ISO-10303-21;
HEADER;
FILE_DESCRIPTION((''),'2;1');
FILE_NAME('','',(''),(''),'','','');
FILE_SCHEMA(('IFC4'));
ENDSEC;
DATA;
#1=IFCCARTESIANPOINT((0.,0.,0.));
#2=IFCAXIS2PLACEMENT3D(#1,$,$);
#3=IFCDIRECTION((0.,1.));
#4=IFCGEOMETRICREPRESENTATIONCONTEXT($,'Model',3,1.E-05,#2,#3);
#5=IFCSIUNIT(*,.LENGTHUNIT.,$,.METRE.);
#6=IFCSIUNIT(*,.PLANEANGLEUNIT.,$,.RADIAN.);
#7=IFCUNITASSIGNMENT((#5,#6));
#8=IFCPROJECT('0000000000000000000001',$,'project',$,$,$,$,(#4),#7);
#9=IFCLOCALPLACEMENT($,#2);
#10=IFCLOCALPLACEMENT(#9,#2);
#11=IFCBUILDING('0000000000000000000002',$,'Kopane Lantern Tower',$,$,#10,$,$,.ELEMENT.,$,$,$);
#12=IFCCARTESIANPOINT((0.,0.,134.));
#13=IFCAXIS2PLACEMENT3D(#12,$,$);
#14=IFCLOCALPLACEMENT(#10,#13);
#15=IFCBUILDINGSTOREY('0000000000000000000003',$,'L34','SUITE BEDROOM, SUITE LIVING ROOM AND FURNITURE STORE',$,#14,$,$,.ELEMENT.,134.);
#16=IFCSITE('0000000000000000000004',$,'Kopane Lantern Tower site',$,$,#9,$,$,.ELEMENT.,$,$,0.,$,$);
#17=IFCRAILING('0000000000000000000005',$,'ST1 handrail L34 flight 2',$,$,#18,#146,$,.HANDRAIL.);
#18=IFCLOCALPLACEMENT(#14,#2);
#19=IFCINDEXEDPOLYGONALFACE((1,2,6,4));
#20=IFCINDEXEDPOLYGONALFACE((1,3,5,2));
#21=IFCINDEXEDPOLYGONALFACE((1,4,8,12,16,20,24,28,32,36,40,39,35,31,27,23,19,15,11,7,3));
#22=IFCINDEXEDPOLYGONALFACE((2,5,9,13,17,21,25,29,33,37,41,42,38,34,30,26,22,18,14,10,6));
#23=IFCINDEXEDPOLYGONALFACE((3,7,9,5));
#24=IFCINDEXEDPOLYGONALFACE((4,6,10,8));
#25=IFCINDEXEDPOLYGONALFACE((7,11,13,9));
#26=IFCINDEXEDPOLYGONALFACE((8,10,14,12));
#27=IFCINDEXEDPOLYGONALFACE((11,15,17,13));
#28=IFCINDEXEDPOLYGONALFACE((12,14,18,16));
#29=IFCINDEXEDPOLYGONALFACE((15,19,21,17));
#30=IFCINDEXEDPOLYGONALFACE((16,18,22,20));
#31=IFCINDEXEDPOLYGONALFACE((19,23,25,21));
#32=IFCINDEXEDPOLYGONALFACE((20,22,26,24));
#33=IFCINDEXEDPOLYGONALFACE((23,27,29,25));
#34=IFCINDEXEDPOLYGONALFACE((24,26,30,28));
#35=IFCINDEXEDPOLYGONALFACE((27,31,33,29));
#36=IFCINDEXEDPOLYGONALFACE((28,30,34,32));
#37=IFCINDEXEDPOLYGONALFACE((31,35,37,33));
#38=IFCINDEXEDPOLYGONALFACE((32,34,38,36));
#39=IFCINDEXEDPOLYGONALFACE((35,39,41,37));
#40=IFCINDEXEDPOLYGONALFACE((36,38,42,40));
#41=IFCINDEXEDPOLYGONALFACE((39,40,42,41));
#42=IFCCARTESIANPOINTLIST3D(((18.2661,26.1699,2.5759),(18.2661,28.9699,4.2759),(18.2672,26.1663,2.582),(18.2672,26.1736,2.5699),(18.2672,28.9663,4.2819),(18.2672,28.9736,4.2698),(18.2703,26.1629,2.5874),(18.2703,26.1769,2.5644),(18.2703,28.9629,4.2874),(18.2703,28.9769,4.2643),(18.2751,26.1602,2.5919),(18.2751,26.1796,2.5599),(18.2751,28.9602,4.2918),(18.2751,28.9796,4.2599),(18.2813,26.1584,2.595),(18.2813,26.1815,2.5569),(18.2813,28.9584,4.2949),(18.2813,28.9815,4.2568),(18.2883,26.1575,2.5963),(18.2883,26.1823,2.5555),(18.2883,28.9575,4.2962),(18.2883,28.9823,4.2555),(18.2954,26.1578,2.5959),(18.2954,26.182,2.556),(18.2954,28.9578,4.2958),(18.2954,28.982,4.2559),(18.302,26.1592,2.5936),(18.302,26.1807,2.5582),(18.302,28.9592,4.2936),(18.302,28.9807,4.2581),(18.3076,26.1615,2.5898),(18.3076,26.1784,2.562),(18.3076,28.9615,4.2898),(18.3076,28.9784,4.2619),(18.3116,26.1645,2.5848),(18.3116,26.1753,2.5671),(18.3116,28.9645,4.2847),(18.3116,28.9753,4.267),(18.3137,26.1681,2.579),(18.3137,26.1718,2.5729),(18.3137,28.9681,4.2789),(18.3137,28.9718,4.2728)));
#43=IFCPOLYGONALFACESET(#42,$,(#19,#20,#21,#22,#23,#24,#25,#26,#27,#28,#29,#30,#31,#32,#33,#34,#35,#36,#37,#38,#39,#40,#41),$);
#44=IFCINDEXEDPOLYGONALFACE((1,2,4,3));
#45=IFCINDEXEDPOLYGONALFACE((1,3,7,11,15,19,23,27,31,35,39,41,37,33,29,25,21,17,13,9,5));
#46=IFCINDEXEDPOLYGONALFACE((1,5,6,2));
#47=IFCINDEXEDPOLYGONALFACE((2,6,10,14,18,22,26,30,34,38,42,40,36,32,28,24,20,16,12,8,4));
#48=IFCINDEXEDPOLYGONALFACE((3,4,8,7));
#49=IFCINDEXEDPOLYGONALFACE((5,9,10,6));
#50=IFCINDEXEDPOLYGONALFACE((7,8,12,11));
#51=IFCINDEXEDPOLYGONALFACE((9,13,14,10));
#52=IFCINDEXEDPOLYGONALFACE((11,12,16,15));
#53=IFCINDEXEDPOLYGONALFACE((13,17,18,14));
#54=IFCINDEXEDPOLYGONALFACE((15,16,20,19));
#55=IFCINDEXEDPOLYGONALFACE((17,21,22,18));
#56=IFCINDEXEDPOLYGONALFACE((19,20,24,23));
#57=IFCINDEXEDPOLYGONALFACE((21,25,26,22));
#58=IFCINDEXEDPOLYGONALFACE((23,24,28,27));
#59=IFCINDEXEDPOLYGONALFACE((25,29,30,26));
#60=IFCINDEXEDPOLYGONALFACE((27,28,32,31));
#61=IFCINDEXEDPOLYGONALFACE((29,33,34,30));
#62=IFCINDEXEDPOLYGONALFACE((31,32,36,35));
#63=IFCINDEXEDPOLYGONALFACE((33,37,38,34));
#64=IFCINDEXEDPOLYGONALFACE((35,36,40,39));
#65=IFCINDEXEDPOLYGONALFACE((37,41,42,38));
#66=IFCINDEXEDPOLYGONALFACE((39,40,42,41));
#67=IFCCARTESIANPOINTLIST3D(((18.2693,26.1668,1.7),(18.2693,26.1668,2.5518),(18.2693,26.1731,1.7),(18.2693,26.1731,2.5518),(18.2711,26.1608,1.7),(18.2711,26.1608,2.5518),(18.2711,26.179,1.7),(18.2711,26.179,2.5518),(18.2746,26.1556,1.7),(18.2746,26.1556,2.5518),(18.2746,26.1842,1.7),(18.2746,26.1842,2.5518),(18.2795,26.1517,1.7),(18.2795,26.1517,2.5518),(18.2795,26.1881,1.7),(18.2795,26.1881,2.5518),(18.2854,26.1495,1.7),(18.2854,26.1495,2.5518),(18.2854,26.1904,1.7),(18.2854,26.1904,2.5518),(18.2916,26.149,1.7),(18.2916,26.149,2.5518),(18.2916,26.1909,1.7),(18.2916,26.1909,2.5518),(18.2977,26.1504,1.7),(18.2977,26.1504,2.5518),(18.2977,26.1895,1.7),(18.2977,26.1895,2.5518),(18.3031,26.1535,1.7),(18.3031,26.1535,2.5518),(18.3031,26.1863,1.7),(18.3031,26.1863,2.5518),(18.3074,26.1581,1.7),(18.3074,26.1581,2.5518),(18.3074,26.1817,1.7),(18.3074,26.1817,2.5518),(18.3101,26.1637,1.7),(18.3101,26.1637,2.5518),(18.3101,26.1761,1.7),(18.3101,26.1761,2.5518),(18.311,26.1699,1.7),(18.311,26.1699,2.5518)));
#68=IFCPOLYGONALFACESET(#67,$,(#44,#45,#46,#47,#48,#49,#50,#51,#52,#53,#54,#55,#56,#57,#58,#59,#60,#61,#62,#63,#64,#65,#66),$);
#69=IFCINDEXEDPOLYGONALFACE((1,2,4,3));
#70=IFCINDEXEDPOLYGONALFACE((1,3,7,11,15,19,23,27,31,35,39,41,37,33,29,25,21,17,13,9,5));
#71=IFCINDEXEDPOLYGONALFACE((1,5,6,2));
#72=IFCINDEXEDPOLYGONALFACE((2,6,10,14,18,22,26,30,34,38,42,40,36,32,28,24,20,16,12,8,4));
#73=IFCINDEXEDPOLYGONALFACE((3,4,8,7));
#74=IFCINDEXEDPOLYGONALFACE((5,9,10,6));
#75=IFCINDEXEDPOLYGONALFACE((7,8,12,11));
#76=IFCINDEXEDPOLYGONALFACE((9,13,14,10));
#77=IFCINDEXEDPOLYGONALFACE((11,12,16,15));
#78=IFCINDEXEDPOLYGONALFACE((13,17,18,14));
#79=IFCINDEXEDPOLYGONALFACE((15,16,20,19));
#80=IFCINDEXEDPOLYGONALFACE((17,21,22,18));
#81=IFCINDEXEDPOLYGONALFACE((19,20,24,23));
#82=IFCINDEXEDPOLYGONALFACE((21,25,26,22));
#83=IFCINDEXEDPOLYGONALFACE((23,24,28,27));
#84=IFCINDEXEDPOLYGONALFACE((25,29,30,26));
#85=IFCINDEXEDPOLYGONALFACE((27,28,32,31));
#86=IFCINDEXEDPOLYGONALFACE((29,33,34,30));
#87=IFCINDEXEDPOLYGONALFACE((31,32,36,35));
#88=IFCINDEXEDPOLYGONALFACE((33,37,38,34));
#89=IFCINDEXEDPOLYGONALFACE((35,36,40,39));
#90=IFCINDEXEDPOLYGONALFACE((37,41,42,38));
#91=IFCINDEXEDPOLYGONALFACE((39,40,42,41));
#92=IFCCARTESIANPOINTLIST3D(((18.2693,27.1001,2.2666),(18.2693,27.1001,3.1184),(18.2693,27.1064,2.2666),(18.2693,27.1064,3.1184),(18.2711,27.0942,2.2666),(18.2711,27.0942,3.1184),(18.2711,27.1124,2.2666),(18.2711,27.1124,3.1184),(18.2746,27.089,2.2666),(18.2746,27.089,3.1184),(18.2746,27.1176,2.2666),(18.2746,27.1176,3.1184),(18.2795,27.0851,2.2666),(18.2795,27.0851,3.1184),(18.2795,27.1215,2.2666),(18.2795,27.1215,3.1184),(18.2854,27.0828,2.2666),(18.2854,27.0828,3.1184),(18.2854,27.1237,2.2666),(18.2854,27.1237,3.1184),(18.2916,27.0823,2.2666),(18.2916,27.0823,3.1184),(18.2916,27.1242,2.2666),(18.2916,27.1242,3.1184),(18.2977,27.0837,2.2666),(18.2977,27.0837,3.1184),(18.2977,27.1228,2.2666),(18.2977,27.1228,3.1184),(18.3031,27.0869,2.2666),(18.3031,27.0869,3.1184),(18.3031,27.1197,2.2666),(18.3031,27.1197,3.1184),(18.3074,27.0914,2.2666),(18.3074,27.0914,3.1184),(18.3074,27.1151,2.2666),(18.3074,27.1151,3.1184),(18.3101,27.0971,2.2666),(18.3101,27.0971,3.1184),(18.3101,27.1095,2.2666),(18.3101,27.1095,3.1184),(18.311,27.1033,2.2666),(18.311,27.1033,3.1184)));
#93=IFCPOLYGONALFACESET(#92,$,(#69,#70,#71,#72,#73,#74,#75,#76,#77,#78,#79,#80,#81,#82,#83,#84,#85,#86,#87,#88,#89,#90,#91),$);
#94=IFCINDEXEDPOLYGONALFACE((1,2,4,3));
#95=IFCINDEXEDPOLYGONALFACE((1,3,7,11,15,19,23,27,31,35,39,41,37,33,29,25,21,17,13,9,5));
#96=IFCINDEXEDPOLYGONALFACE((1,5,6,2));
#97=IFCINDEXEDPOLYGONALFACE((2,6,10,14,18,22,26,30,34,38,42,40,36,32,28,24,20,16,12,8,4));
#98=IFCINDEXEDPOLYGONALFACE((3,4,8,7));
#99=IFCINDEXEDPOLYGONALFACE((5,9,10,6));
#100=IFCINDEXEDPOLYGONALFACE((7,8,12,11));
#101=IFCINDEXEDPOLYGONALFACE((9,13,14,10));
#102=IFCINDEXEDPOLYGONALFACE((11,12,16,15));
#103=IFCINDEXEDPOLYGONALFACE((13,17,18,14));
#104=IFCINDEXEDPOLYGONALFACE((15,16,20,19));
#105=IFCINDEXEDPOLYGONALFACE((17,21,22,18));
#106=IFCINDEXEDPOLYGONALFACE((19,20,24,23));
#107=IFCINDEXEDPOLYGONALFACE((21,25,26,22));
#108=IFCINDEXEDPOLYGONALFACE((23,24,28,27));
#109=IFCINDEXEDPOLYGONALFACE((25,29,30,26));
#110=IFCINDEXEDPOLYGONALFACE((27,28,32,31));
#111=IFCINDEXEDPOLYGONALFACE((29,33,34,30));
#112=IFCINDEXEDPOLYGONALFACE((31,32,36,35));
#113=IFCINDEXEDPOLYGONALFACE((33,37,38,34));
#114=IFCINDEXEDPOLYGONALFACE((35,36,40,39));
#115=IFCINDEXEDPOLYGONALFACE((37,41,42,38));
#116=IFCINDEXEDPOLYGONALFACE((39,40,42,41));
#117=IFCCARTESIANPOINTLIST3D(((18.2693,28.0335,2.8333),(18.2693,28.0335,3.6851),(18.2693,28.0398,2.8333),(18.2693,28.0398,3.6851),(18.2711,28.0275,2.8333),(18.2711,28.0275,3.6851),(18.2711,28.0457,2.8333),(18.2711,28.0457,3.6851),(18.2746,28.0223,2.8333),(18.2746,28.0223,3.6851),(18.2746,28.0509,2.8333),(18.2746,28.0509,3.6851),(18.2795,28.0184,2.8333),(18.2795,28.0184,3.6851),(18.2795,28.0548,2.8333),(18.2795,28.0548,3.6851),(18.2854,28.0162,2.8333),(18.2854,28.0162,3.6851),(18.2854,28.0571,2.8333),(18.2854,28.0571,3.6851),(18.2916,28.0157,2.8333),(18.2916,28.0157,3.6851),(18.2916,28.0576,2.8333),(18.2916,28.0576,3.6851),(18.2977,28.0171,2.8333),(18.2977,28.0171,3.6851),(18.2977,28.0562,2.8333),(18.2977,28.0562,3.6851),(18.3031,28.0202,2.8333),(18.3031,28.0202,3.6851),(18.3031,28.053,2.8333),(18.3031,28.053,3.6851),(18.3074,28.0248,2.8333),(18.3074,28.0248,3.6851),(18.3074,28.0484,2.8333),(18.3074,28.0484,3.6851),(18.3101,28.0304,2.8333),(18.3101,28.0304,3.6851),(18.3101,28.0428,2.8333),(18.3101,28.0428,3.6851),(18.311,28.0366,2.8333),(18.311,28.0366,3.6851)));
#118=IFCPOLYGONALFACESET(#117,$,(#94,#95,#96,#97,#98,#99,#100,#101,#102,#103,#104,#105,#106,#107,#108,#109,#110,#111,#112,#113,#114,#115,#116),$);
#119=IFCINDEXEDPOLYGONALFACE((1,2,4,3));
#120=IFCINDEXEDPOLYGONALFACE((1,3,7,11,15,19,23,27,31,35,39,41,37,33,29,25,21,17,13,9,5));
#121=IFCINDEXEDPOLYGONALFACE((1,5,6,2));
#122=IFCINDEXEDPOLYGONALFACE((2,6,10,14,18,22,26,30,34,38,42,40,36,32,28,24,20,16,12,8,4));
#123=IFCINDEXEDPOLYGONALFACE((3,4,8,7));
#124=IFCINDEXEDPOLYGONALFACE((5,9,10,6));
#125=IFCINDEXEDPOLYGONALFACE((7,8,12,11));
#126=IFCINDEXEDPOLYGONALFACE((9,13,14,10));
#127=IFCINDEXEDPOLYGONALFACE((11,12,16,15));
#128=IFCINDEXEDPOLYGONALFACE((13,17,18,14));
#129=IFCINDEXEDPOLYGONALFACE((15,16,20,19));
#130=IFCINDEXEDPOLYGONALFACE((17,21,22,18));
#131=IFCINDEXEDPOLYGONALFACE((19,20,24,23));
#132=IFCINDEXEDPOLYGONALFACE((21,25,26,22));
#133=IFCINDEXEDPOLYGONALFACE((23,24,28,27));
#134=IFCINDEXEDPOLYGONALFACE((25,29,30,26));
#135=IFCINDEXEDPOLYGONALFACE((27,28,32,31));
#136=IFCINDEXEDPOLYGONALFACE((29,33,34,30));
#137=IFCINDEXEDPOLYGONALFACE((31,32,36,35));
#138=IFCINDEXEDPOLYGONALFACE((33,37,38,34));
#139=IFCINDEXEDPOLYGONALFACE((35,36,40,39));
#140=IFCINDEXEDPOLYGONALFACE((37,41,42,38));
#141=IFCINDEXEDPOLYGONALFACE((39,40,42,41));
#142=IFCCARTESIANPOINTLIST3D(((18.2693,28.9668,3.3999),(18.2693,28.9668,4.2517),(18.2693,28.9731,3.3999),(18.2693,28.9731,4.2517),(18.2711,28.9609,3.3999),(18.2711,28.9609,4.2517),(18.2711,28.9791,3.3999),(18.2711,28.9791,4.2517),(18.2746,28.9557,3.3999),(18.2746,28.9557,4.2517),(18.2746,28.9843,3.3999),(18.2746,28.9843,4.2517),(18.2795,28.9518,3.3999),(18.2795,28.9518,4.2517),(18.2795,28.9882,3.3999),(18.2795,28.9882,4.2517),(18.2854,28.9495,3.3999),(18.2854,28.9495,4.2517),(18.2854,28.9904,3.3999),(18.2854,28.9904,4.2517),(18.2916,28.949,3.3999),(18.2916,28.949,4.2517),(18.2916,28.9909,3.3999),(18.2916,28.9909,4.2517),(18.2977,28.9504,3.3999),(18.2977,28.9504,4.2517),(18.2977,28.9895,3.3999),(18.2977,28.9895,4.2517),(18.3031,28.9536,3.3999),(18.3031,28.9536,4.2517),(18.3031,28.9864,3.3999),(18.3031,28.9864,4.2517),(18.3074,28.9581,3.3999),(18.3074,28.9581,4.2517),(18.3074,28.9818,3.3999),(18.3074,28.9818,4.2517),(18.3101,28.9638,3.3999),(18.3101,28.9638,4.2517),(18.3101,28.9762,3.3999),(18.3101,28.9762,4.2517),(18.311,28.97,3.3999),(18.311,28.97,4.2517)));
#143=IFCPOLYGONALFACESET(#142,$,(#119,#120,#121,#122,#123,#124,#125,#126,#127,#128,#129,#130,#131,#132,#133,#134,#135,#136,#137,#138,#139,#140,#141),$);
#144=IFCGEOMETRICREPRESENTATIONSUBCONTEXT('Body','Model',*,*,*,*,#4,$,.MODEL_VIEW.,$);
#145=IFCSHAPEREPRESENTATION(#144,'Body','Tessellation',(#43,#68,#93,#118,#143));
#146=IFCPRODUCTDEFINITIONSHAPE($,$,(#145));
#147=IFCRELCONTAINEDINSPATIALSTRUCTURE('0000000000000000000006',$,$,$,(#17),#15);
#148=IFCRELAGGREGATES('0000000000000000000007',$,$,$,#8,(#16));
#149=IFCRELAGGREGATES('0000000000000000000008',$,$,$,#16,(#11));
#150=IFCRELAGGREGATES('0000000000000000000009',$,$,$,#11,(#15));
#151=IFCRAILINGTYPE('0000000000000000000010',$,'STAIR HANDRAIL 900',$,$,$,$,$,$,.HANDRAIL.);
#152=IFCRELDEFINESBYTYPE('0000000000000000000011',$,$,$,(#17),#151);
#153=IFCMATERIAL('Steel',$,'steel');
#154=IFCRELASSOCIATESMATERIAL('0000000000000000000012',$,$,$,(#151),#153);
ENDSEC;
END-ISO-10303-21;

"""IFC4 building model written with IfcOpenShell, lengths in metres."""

from ifc_helpers import new_model, si_unit, direction, frame, origin, origin_2d, place, context, subcontext, project, spatial, circle, extrude, material, type_object, element, save


model = new_model("IFC4")

# Units and contexts
model_context = context("Model", 3, precision=1e-05, world=origin(), true_north=direction((0.0, 1.0)))
body_context = subcontext(model_context, "Body", "Model", "MODEL_VIEW")
ifc_project = project(units=[si_unit("LENGTHUNIT", "METRE"), si_unit("PLANEANGLEUNIT", "RADIAN")], contexts=[model_context])

# Site, building, storey
site_placement = place(None, origin())
site = spatial("IfcSite", under=ifc_project, at=site_placement, Name="Kopane Lantern Tower site", CompositionType="ELEMENT", RefElevation=0.0)
building_placement = place(site_placement, origin())
building = spatial("IfcBuilding", under=site, at=building_placement, Name="Kopane Lantern Tower", CompositionType="ELEMENT")
storey_placement = place(building_placement, frame((0.0, 0.0, 134.0)))
storey = spatial("IfcBuildingStorey", under=building, at=storey_placement, Name="L34", Description="SUITE BEDROOM, SUITE LIVING ROOM AND FURNITURE STORE", CompositionType="ELEMENT", Elevation=134.0)

# Railing
ifc_material_1 = material(Name="Steel", Category="steel")
railing_type_1 = type_object("IfcRailingType", Name="STAIR HANDRAIL 900", PredefinedType="HANDRAIL", material=ifc_material_1)
for number, where, name in (
    (1, (18.29, 26.1699, 1.7), "ST1 handrail L34 flight 2"),
):
    element("IfcRailing", number, at=place(storey_placement, frame(where)), inside=storey, type_object=railing_type_1, Name=name, PredefinedType="HANDRAIL", context=body_context, shape_type="SweptSolid", body=[
        extrude(circle(Radius=0.0239, at=origin_2d()), frame((0.0, 0.0, 0.876), z_axis=(0.0, 0.854798, 0.518961), x_axis=(-1.0, 0.0, 0.0)), (0.0, 0.0, 1.0), 3.2756),
        extrude(circle(Radius=0.021, at=origin_2d()), origin(), (0.0, 0.0, 1.0), 0.8518),
        extrude(circle(Radius=0.021, at=origin_2d()), frame((0.0, 0.9333, 0.5667)), (0.0, 0.0, 1.0), 0.8518),
        extrude(circle(Radius=0.021, at=origin_2d()), frame((0.0, 1.8667, 1.1333)), (0.0, 0.0, 1.0), 0.8518),
        extrude(circle(Radius=0.021, at=origin_2d()), frame((0.0, 2.8, 1.7)), (0.0, 0.0, 1.0), 0.8518),
    ])

save(model, "model.ifc")
